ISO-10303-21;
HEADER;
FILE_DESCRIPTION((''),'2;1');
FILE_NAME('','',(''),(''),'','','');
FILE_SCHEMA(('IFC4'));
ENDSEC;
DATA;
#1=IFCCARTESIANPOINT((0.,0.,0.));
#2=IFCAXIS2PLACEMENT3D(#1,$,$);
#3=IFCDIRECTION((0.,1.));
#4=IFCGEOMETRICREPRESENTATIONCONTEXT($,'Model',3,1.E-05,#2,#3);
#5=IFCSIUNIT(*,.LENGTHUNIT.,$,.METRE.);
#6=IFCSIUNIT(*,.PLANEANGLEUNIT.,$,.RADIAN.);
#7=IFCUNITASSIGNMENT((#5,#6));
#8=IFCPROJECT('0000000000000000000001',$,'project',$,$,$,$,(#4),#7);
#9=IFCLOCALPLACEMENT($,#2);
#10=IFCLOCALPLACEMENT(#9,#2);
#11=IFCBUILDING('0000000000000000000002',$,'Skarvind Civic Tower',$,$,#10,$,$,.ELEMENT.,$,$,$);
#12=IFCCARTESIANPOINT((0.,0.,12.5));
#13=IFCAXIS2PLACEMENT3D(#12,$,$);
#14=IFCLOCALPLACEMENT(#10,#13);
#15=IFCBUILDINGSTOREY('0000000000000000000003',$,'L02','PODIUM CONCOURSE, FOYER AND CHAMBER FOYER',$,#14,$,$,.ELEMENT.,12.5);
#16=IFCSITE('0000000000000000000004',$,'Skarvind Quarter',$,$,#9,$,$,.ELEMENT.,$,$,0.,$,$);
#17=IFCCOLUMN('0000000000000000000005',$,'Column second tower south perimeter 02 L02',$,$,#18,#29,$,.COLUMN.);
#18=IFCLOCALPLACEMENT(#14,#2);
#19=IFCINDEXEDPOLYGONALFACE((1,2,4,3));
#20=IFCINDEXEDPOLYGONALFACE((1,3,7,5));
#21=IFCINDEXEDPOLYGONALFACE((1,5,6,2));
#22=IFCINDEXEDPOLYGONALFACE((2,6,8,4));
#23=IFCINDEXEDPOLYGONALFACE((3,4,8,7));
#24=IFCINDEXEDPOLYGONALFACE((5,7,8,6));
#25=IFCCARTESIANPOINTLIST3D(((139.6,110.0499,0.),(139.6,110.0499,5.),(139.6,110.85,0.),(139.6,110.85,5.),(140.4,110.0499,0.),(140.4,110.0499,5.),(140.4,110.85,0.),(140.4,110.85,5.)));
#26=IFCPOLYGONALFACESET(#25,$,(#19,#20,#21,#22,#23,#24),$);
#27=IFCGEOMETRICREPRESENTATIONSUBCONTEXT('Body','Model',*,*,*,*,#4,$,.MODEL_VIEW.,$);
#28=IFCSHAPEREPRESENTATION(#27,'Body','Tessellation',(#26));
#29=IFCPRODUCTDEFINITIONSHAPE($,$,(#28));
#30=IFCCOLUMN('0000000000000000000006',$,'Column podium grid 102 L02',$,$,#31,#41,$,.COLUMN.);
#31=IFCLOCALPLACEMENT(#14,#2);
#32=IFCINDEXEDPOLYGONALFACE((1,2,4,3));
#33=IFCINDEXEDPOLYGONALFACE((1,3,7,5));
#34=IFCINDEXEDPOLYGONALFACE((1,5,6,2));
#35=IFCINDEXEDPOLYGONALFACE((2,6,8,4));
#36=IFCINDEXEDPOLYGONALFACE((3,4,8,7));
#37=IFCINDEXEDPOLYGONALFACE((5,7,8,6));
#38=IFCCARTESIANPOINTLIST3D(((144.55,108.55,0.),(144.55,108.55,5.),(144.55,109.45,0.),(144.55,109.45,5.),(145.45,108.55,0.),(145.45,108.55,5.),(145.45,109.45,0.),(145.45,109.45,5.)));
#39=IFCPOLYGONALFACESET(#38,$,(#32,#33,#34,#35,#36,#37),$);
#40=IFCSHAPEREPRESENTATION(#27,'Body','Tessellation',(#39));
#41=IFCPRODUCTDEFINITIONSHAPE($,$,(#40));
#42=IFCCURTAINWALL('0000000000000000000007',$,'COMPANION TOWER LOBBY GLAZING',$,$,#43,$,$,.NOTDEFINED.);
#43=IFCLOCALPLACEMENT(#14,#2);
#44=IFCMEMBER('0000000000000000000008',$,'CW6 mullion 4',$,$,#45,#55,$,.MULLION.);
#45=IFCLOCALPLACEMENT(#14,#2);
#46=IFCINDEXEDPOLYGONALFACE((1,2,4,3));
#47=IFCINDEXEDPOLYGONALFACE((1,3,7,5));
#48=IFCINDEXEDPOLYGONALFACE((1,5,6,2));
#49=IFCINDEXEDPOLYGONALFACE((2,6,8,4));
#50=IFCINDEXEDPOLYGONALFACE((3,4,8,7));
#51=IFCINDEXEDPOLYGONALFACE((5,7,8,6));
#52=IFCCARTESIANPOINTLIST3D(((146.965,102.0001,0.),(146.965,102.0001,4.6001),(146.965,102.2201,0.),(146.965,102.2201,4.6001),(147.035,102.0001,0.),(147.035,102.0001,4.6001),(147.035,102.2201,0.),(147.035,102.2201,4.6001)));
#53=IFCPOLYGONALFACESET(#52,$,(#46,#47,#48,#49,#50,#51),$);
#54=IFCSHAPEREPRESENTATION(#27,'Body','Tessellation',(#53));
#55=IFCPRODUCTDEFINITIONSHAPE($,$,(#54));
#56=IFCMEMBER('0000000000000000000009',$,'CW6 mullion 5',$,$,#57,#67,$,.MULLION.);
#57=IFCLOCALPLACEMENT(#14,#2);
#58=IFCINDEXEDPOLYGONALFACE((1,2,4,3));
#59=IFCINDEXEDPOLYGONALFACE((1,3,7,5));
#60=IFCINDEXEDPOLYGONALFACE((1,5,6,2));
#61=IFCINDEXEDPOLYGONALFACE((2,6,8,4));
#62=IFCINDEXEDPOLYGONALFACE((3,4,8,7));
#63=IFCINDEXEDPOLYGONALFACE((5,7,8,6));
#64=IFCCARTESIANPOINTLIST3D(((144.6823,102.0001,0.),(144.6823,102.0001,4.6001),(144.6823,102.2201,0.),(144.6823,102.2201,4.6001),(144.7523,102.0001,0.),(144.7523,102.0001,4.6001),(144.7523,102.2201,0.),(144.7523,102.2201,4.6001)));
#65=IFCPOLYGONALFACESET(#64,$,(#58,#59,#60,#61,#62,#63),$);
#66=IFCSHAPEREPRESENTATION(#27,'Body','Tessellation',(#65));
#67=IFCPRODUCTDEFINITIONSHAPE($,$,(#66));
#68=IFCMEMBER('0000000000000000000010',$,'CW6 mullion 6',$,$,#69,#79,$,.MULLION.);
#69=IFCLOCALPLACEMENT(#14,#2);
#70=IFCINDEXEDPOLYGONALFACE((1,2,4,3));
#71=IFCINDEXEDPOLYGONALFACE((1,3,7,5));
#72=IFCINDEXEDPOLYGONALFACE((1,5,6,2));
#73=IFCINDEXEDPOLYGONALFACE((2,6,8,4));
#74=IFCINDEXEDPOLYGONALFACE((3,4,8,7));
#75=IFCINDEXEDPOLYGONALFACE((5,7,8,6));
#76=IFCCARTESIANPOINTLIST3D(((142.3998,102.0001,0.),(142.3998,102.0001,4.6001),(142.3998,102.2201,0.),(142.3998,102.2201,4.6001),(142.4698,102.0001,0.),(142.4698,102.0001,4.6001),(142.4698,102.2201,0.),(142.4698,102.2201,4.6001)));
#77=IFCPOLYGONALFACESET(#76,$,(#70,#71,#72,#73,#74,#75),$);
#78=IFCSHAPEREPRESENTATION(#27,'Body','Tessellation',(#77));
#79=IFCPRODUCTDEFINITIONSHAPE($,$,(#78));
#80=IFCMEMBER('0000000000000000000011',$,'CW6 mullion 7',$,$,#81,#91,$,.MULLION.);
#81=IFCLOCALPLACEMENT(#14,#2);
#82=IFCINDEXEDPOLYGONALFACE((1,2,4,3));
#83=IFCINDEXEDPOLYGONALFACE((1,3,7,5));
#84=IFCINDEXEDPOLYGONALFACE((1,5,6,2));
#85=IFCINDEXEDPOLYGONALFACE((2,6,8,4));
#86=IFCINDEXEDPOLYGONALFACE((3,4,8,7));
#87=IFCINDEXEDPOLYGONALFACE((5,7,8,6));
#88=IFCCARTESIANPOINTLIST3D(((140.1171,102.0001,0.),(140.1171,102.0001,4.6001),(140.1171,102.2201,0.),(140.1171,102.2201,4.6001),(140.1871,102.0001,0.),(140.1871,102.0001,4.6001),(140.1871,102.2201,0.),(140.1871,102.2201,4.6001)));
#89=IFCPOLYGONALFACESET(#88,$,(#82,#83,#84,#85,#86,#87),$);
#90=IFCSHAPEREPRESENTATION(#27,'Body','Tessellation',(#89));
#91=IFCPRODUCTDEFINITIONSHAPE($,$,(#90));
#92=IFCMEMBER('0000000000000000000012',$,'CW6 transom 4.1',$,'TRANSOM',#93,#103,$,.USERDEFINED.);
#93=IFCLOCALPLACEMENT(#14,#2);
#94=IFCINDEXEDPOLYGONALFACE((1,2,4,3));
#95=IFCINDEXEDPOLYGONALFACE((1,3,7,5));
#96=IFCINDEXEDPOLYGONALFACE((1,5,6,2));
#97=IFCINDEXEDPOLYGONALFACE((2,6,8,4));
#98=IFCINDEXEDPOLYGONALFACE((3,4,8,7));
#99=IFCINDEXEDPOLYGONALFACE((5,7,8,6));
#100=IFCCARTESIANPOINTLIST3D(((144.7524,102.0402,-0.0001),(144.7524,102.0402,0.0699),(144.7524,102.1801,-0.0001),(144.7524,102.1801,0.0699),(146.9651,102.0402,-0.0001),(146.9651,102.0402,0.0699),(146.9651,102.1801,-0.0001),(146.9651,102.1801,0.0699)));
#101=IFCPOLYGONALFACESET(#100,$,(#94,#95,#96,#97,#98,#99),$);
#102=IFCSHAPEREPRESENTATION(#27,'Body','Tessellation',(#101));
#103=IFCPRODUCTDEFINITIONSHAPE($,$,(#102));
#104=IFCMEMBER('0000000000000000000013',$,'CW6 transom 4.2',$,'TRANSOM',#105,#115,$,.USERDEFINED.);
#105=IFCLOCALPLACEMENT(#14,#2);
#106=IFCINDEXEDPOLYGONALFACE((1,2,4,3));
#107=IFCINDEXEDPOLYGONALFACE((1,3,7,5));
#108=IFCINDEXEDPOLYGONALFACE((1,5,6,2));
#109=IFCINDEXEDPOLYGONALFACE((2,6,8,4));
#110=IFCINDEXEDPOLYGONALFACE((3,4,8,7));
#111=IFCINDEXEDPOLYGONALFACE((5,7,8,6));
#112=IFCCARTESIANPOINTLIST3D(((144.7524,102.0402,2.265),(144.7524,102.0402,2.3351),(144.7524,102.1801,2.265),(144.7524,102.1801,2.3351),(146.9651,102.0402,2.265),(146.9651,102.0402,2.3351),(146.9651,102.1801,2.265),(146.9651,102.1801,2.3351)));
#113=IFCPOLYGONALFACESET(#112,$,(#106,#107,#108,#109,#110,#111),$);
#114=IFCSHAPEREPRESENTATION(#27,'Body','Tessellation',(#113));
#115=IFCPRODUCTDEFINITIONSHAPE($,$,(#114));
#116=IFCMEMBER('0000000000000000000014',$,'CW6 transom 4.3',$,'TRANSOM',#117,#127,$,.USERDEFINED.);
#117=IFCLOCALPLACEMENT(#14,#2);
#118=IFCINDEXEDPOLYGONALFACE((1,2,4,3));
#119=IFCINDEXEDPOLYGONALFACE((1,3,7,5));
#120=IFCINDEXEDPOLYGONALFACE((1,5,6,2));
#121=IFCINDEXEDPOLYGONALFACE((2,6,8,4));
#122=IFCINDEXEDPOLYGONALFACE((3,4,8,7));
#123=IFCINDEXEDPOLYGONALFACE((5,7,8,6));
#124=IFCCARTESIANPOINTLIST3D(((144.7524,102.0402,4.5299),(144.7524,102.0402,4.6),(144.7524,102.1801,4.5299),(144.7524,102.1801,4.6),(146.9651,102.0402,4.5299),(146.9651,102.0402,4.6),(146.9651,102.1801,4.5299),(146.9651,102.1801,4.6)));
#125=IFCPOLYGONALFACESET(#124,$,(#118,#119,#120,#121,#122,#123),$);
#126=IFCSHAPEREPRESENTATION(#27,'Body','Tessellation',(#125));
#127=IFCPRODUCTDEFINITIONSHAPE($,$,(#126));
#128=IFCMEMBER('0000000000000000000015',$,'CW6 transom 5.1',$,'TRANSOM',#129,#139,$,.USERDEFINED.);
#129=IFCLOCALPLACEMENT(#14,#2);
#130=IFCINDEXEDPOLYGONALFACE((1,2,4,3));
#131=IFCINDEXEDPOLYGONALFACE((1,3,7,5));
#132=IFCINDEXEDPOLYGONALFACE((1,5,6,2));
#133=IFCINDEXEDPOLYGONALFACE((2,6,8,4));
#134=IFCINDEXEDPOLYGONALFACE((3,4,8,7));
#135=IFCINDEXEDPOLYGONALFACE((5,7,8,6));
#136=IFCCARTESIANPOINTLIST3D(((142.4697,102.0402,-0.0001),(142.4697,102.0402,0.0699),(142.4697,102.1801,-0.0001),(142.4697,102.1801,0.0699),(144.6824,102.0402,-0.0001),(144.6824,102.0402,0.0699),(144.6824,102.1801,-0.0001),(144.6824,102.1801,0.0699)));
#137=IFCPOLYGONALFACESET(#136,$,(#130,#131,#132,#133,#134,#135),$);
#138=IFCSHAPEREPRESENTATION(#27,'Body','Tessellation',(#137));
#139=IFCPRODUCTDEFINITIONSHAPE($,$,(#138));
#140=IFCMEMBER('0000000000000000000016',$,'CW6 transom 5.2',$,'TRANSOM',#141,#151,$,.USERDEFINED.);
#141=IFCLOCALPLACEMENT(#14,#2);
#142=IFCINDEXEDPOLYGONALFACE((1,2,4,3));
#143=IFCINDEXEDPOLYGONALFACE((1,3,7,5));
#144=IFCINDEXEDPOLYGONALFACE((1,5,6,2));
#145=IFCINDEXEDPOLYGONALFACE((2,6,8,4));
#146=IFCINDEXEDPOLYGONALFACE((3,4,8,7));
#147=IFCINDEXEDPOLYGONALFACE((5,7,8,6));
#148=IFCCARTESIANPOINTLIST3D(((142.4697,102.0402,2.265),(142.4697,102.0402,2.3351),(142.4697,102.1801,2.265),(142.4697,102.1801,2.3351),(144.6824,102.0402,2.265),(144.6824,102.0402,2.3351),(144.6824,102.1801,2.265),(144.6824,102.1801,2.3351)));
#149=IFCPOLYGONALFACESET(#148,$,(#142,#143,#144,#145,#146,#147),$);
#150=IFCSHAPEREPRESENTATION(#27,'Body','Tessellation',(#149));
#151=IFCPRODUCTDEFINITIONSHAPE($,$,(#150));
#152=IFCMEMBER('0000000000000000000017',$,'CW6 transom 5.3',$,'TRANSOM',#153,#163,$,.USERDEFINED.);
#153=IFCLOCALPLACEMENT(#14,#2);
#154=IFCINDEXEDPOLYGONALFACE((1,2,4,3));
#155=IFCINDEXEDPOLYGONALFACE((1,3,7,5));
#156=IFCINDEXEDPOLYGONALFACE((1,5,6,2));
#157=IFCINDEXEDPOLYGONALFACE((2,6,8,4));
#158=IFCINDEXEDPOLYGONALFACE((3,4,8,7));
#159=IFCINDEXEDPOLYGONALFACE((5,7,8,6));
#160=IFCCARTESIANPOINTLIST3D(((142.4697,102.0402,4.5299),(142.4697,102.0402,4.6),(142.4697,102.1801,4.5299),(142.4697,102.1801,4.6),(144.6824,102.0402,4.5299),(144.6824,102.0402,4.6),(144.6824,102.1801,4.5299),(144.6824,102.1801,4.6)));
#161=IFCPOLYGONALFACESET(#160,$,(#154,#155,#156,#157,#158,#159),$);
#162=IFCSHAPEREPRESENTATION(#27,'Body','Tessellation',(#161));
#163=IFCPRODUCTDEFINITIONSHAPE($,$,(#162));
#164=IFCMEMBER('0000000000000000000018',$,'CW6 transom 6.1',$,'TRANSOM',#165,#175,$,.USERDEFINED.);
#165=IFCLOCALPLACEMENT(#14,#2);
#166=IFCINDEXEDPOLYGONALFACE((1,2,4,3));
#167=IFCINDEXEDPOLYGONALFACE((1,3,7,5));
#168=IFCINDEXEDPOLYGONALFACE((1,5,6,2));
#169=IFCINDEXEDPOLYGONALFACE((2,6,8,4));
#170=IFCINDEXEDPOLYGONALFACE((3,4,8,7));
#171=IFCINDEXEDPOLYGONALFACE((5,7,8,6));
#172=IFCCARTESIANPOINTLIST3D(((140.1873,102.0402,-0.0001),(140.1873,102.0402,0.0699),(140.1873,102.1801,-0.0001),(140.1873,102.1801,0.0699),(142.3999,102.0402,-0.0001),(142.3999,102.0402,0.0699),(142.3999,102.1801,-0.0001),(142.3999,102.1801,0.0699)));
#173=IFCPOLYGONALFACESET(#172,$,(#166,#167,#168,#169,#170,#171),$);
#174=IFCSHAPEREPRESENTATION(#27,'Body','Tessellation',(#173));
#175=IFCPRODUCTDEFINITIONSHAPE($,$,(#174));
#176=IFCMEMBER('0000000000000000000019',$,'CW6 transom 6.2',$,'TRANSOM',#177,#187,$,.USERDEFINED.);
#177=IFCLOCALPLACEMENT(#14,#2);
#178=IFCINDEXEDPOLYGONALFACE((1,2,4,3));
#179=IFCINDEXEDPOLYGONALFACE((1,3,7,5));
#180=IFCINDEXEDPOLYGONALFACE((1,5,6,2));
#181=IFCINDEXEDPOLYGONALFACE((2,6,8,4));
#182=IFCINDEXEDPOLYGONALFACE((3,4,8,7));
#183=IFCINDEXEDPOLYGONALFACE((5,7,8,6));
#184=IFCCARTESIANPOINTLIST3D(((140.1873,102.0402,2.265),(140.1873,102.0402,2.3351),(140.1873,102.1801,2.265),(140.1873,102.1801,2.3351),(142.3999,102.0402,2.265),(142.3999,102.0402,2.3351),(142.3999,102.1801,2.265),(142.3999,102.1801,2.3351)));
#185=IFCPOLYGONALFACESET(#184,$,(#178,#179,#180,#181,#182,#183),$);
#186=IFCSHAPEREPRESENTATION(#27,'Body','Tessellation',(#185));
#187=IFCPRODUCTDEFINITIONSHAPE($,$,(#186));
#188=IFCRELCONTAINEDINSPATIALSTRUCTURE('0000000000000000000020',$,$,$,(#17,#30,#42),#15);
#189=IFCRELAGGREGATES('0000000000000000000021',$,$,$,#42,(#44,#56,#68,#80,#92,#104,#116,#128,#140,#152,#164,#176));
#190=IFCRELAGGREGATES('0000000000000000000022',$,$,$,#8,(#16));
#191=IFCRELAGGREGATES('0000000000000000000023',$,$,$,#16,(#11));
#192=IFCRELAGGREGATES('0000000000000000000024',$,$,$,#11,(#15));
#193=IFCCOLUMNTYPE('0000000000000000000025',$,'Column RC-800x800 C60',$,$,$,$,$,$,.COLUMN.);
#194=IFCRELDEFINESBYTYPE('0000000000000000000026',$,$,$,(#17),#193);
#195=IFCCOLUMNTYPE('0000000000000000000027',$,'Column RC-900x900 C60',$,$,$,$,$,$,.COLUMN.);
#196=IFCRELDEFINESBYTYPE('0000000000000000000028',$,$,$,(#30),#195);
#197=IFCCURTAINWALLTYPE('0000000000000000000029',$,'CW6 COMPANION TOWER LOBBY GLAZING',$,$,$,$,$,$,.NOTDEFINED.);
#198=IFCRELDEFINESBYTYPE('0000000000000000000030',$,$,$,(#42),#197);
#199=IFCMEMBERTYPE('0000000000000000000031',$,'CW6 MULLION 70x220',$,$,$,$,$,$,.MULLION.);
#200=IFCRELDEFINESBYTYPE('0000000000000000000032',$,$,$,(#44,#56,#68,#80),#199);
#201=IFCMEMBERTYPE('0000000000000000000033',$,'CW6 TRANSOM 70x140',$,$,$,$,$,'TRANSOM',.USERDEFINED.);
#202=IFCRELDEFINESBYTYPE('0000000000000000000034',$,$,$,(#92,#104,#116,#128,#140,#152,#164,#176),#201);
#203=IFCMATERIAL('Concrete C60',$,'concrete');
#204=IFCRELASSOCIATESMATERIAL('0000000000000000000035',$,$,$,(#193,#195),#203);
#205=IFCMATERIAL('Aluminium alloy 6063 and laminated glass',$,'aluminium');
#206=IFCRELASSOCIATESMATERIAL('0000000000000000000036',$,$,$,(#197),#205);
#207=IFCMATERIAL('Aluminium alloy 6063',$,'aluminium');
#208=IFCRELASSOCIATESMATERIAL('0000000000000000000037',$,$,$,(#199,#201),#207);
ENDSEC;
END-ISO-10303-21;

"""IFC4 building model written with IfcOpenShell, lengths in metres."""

from ifc_helpers import new_model, si_unit, direction, frame, origin, origin_2d, place, context, subcontext, project, spatial, rectangle, extrude, material, material_profile, profile_set, type_object, element, aggregate, save


model = new_model("IFC4")

# Units and contexts
model_context = context("Model", 3, precision=1e-05, world=origin(), true_north=direction((0.0, 1.0)))
body_context = subcontext(model_context, "Body", "Model", "MODEL_VIEW")
ifc_project = project(units=[si_unit("LENGTHUNIT", "METRE"), si_unit("PLANEANGLEUNIT", "RADIAN")], contexts=[model_context])

# Site, building, storey
site_placement = place(None, origin())
site = spatial("IfcSite", under=ifc_project, at=site_placement, Name="Skarvind Quarter", CompositionType="ELEMENT", RefElevation=0.0)
building_placement = place(site_placement, origin())
building = spatial("IfcBuilding", under=site, at=building_placement, Name="Skarvind Civic Tower", CompositionType="ELEMENT")
storey_placement = place(building_placement, frame((0.0, 0.0, 12.5)))
storey = spatial("IfcBuildingStorey", under=building, at=storey_placement, Name="L02", Description="PODIUM CONCOURSE, FOYER AND CHAMBER FOYER", CompositionType="ELEMENT", Elevation=12.5)

# Columns
ifc_material_1 = material(Name="Concrete C60", Category="concrete")
ifc_material_profile_1 = material_profile(ifc_material_1, rectangle(XDim=0.8, YDim=0.8, at=origin_2d()), Name="RC-800x800")
ifc_profile_set_1 = profile_set([ifc_material_profile_1], Name="Concrete C60")
column_type_1 = type_object("IfcColumnType", Name="Column RC-800x800 C60", PredefinedType="COLUMN", material=ifc_profile_set_1)
column_1_placement = place(storey_placement, frame((140.0, 110.45, 0.0), z_axis=(0.0, 0.0, 1.0), x_axis=(1.0, 0.0, 0.0)))
element("IfcColumn", 1, at=column_1_placement, inside=storey, type_object=column_type_1, Name="Column second tower south perimeter 02 L02", PredefinedType="COLUMN", context=body_context, shape_type="SweptSolid", body=[
    extrude(rectangle(XDim=0.8, YDim=0.8, at=origin_2d()), origin(), (0.0, 0.0, 1.0), 5.0),
])
ifc_material_profile_2 = material_profile(ifc_material_1, rectangle(XDim=0.8999, YDim=0.8999, at=origin_2d()), Name="RC-900x900")
ifc_profile_set_2 = profile_set([ifc_material_profile_2], Name="Concrete C60")
column_type_2 = type_object("IfcColumnType", Name="Column RC-900x900 C60", PredefinedType="COLUMN", material=ifc_profile_set_2)
column_2_placement = place(storey_placement, frame((145.0, 109.0, 0.0), z_axis=(0.0, 0.0, 1.0), x_axis=(1.0, 0.0, 0.0)))
element("IfcColumn", 2, at=column_2_placement, inside=storey, type_object=column_type_2, Name="Column podium grid 102 L02", PredefinedType="COLUMN", context=body_context, shape_type="SweptSolid", body=[
    extrude(rectangle(XDim=0.8999, YDim=0.8999, at=origin_2d()), origin(), (0.0, 0.0, 1.0), 5.0),
])

# Curtain wall, members
ifc_material_2 = material(Name="Aluminium alloy 6063 and laminated glass", Category="aluminium")
curtain_wall_type = type_object("IfcCurtainWallType", Name="CW6 COMPANION TOWER LOBBY GLAZING", PredefinedType="NOTDEFINED", material=ifc_material_2)
curtain_wall_placement = place(storey_placement, origin())
curtain_wall = element("IfcCurtainWall", 3, at=curtain_wall_placement, inside=storey, type_object=curtain_wall_type, Name="COMPANION TOWER LOBBY GLAZING", PredefinedType="NOTDEFINED")
ifc_material_3 = material(Name="Aluminium alloy 6063", Category="aluminium")
ifc_material_profile_3 = material_profile(ifc_material_3, rectangle(XDim=0.22, YDim=0.0701, at=origin_2d()), Name="AL 70x220")
ifc_profile_set_3 = profile_set([ifc_material_profile_3], Name="Aluminium alloy 6063")
member_type_1 = type_object("IfcMemberType", Name="CW6 MULLION 70x220", PredefinedType="MULLION", material=ifc_profile_set_3)
member_1_placement = place(storey_placement, frame((147.0, 102.1101, 0.0), z_axis=(0.0, 0.0, 1.0), x_axis=(0.0, -1.0, 0.0)))
member_1 = element("IfcMember", 4, at=member_1_placement, type_object=member_type_1, Name="CW6 mullion 4", PredefinedType="MULLION", context=body_context, shape_type="SweptSolid", body=[
    extrude(rectangle(XDim=0.22, YDim=0.0701, at=origin_2d()), origin(), (0.0, 0.0, 1.0), 4.6001),
])
member_2_placement = place(storey_placement, frame((144.7173, 102.1101, 0.0), z_axis=(0.0, 0.0, 1.0), x_axis=(0.0, -1.0, 0.0)))
member_2 = element("IfcMember", 5, at=member_2_placement, type_object=member_type_1, Name="CW6 mullion 5", PredefinedType="MULLION", context=body_context, shape_type="SweptSolid", body=[
    extrude(rectangle(XDim=0.22, YDim=0.0701, at=origin_2d()), origin(), (0.0, 0.0, 1.0), 4.6001),
])
member_3_placement = place(storey_placement, frame((142.4348, 102.1101, 0.0), z_axis=(0.0, 0.0, 1.0), x_axis=(0.0, -1.0, 0.0)))
member_3 = element("IfcMember", 6, at=member_3_placement, type_object=member_type_1, Name="CW6 mullion 6", PredefinedType="MULLION", context=body_context, shape_type="SweptSolid", body=[
    extrude(rectangle(XDim=0.22, YDim=0.0701, at=origin_2d()), origin(), (0.0, 0.0, 1.0), 4.6001),
])
member_4_placement = place(storey_placement, frame((140.1521, 102.1101, 0.0), z_axis=(0.0, 0.0, 1.0), x_axis=(0.0, -1.0, 0.0)))
member_4 = element("IfcMember", 7, at=member_4_placement, type_object=member_type_1, Name="CW6 mullion 7", PredefinedType="MULLION", context=body_context, shape_type="SweptSolid", body=[
    extrude(rectangle(XDim=0.22, YDim=0.0701, at=origin_2d()), origin(), (0.0, 0.0, 1.0), 4.6001),
])
ifc_material_profile_4 = material_profile(ifc_material_3, rectangle(XDim=0.1399, YDim=0.0701, at=origin_2d()), Name="AL 70x140")
ifc_profile_set_4 = profile_set([ifc_material_profile_4], Name="Aluminium alloy 6063")
member_type_2 = type_object("IfcMemberType", Name="CW6 TRANSOM 70x140", ElementType="TRANSOM", PredefinedType="USERDEFINED", material=ifc_profile_set_4)
member_5_placement = place(storey_placement, frame((146.9651, 102.1101, 0.0349), z_axis=(-1.0, 0.0, 0.0), x_axis=(0.0, -1.0, 0.0)))
member_5 = element("IfcMember", 8, at=member_5_placement, type_object=member_type_2, Name="CW6 transom 4.1", ObjectType="TRANSOM", PredefinedType="USERDEFINED", context=body_context, shape_type="SweptSolid", body=[
    extrude(rectangle(XDim=0.1399, YDim=0.0701, at=origin_2d()), origin(), (0.0, 0.0, 1.0), 2.2126),
])
member_6_placement = place(storey_placement, frame((146.9651, 102.1101, 2.3), z_axis=(-1.0, 0.0, 0.0), x_axis=(0.0, -1.0, 0.0)))
member_6 = element("IfcMember", 9, at=member_6_placement, type_object=member_type_2, Name="CW6 transom 4.2", ObjectType="TRANSOM", PredefinedType="USERDEFINED", context=body_context, shape_type="SweptSolid", body=[
    extrude(rectangle(XDim=0.1399, YDim=0.0701, at=origin_2d()), origin(), (0.0, 0.0, 1.0), 2.2126),
])
member_7_placement = place(storey_placement, frame((146.9651, 102.1101, 4.5649), z_axis=(-1.0, 0.0, 0.0), x_axis=(0.0, -1.0, 0.0)))
member_7 = element("IfcMember", 10, at=member_7_placement, type_object=member_type_2, Name="CW6 transom 4.3", ObjectType="TRANSOM", PredefinedType="USERDEFINED", context=body_context, shape_type="SweptSolid", body=[
    extrude(rectangle(XDim=0.1399, YDim=0.0701, at=origin_2d()), origin(), (0.0, 0.0, 1.0), 2.2126),
])
member_8_placement = place(storey_placement, frame((144.6824, 102.1101, 0.0349), z_axis=(-1.0, 0.0, 0.0), x_axis=(0.0, -1.0, 0.0)))
member_8 = element("IfcMember", 11, at=member_8_placement, type_object=member_type_2, Name="CW6 transom 5.1", ObjectType="TRANSOM", PredefinedType="USERDEFINED", context=body_context, shape_type="SweptSolid", body=[
    extrude(rectangle(XDim=0.1399, YDim=0.0701, at=origin_2d()), origin(), (0.0, 0.0, 1.0), 2.2126),
])
member_9_placement = place(storey_placement, frame((144.6824, 102.1101, 2.3), z_axis=(-1.0, 0.0, 0.0), x_axis=(0.0, -1.0, 0.0)))
member_9 = element("IfcMember", 12, at=member_9_placement, type_object=member_type_2, Name="CW6 transom 5.2", ObjectType="TRANSOM", PredefinedType="USERDEFINED", context=body_context, shape_type="SweptSolid", body=[
    extrude(rectangle(XDim=0.1399, YDim=0.0701, at=origin_2d()), origin(), (0.0, 0.0, 1.0), 2.2126),
])
member_10_placement = place(storey_placement, frame((144.6824, 102.1101, 4.5649), z_axis=(-1.0, 0.0, 0.0), x_axis=(0.0, -1.0, 0.0)))
member_10 = element("IfcMember", 13, at=member_10_placement, type_object=member_type_2, Name="CW6 transom 5.3", ObjectType="TRANSOM", PredefinedType="USERDEFINED", context=body_context, shape_type="SweptSolid", body=[
    extrude(rectangle(XDim=0.1399, YDim=0.0701, at=origin_2d()), origin(), (0.0, 0.0, 1.0), 2.2126),
])
member_11_placement = place(storey_placement, frame((142.3999, 102.1101, 0.0349), z_axis=(-1.0, 0.0, 0.0), x_axis=(0.0, -1.0, 0.0)))
member_11 = element("IfcMember", 14, at=member_11_placement, type_object=member_type_2, Name="CW6 transom 6.1", ObjectType="TRANSOM", PredefinedType="USERDEFINED", context=body_context, shape_type="SweptSolid", body=[
    extrude(rectangle(XDim=0.1399, YDim=0.0701, at=origin_2d()), origin(), (0.0, 0.0, 1.0), 2.2126),
])
member_12_placement = place(storey_placement, frame((142.3999, 102.1101, 2.3), z_axis=(-1.0, 0.0, 0.0), x_axis=(0.0, -1.0, 0.0)))
member_12 = element("IfcMember", 15, at=member_12_placement, type_object=member_type_2, Name="CW6 transom 6.2", ObjectType="TRANSOM", PredefinedType="USERDEFINED", context=body_context, shape_type="SweptSolid", body=[
    extrude(rectangle(XDim=0.1399, YDim=0.0701, at=origin_2d()), origin(), (0.0, 0.0, 1.0), 2.2126),
])
aggregate(curtain_wall, [member_1, member_2, member_3, member_4, member_5, member_6, member_7, member_8, member_9, member_10, member_11, member_12])

save(model, "model.ifc")
